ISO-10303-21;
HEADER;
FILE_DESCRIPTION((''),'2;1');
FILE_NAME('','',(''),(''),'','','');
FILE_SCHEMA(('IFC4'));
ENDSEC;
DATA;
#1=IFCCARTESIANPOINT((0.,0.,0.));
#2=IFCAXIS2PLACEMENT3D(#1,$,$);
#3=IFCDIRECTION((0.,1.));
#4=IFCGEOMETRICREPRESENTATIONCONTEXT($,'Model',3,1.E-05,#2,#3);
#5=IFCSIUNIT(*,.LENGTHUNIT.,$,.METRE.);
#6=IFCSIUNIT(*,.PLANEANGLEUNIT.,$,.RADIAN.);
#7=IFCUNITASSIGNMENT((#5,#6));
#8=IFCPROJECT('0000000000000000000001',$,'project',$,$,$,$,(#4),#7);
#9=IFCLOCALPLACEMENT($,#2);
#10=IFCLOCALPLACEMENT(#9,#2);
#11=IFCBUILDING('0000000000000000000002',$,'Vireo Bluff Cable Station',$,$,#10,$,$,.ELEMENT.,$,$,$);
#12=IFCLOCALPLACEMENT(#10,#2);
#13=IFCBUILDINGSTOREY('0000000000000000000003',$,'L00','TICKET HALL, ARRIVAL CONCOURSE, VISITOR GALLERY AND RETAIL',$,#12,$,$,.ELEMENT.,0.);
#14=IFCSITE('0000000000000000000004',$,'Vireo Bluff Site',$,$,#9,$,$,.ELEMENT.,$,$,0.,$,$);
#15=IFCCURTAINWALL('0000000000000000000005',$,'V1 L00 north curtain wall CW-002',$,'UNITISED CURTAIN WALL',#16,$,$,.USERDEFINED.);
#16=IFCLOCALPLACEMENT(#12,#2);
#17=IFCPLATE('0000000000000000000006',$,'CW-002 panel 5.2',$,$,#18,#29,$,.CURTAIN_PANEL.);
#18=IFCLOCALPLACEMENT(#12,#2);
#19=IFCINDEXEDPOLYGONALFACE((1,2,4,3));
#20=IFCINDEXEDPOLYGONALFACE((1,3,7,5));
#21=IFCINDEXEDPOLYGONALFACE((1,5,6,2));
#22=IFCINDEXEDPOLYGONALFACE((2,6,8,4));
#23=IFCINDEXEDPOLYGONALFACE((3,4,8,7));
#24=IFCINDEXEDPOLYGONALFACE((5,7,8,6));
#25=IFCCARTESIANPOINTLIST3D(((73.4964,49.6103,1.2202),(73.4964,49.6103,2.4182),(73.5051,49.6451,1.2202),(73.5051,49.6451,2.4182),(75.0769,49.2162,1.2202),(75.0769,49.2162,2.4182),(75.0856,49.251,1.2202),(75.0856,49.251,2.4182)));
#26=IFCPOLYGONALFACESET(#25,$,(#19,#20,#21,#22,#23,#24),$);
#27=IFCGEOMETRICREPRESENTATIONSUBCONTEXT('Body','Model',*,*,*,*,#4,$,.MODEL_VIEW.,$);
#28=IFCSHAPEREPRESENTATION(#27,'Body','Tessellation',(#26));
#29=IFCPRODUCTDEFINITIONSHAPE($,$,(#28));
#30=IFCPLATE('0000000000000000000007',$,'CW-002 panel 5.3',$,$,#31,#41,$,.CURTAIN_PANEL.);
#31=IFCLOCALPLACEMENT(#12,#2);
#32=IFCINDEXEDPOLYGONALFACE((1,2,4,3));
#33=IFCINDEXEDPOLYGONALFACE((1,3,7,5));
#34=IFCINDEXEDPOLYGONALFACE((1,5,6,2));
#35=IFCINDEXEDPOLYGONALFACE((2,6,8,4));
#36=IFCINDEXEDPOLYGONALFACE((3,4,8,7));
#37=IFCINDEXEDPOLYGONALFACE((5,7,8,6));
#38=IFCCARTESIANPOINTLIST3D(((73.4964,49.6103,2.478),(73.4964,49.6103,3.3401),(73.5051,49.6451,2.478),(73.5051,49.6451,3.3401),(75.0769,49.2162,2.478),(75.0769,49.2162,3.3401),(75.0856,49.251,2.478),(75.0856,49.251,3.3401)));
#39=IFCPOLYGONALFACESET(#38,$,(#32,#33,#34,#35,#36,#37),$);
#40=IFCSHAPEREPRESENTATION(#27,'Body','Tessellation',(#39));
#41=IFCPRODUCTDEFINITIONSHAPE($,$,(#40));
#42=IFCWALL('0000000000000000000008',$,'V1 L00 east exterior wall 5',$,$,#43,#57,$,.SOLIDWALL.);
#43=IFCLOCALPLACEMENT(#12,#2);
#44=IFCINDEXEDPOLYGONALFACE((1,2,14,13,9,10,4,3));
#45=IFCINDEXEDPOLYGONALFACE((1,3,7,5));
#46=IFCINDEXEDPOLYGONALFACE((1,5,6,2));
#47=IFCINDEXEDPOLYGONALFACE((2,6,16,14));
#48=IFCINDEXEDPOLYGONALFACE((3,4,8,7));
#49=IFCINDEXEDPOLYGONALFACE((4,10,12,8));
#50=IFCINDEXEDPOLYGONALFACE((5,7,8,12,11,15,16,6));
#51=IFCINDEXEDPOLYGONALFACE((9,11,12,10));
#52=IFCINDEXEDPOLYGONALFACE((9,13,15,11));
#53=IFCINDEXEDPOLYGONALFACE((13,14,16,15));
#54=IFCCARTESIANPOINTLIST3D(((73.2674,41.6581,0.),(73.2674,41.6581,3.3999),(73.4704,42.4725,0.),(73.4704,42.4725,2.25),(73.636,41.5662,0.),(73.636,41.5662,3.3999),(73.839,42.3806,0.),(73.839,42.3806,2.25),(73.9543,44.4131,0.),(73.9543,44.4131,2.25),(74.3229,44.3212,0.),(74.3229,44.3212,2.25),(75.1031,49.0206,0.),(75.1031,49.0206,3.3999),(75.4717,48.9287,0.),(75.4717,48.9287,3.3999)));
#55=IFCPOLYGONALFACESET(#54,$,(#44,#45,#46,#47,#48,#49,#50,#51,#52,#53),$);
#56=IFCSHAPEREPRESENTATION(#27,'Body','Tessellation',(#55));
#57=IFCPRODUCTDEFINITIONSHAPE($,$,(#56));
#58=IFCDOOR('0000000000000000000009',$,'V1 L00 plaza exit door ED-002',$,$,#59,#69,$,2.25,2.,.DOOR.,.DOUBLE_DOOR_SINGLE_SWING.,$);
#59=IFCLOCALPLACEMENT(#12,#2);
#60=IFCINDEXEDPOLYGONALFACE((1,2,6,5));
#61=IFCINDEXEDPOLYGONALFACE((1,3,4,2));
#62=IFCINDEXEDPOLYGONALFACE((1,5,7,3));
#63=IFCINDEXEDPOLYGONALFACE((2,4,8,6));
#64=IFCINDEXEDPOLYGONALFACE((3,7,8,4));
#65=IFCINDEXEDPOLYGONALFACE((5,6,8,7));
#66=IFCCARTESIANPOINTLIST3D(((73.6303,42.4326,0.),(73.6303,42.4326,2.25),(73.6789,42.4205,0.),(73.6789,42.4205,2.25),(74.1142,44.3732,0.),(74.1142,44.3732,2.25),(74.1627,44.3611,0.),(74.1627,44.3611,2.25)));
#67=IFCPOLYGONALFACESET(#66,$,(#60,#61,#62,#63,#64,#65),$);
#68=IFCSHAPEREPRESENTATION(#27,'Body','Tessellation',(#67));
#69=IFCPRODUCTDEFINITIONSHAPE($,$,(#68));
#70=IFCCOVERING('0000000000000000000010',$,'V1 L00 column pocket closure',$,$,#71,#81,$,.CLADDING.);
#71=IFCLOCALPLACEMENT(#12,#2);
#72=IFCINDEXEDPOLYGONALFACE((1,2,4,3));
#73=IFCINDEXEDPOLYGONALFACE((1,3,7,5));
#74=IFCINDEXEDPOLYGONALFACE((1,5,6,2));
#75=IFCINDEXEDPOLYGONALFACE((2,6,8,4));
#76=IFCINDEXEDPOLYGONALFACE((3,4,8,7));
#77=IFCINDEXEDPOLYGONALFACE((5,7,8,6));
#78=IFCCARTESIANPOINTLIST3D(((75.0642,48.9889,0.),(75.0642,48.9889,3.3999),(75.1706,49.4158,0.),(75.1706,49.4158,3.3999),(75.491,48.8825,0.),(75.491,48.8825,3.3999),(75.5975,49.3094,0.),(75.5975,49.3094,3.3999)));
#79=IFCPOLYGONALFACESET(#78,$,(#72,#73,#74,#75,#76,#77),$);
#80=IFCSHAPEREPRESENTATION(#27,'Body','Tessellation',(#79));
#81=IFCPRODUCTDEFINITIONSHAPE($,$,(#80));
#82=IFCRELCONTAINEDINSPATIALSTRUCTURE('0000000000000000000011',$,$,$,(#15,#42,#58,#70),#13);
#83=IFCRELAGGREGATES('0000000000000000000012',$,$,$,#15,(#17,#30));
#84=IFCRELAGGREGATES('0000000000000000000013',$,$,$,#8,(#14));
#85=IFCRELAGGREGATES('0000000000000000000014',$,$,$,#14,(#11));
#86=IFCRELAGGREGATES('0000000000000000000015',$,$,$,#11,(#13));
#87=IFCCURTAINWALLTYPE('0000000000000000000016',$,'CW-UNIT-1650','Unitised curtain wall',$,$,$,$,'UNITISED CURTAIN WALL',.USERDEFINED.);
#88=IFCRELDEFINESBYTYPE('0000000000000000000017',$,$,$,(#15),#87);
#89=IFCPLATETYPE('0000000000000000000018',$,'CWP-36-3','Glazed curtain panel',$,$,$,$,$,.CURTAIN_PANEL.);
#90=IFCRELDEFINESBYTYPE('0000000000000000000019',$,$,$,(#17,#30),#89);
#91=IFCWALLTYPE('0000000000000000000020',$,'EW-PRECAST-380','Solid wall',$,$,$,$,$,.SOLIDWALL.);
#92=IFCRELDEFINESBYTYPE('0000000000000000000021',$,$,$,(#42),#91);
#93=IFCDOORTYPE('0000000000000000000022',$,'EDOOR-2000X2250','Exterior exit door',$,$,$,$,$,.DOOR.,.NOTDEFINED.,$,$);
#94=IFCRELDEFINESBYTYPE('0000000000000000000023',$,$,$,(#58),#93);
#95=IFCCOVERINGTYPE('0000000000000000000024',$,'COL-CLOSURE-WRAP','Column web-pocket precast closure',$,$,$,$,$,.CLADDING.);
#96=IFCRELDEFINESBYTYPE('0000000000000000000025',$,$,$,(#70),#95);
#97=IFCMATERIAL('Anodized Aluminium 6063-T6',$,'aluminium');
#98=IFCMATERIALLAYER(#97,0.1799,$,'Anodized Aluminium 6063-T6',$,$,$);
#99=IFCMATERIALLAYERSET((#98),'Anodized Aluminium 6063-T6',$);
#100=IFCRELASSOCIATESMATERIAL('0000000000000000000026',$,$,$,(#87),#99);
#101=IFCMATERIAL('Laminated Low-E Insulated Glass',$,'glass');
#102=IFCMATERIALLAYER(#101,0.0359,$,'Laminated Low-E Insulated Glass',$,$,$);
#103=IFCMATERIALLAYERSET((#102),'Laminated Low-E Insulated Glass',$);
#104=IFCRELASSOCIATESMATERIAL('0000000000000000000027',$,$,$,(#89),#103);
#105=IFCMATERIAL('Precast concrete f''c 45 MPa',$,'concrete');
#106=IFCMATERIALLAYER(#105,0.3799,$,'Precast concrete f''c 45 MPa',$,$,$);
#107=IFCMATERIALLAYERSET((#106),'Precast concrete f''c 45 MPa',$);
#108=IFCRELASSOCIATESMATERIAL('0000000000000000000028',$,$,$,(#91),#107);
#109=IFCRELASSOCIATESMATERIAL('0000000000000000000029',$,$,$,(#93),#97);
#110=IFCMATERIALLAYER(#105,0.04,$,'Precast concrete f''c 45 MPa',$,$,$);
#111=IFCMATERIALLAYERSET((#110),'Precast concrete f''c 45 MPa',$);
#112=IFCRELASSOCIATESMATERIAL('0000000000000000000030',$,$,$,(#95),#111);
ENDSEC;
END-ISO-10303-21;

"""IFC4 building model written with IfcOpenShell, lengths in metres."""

from ifc_helpers import new_model, si_unit, direction, frame, frame_2d, origin, origin_with_axes, origin_2d, place, context, subcontext, project, spatial, rectangle, extrude, material, layer, layer_set, type_object, element, fill, aggregate, save


model = new_model("IFC4")

# Units and contexts
model_context = context("Model", 3, precision=1e-05, world=origin(), true_north=direction((0.0, 1.0)))
body_context = subcontext(model_context, "Body", "Model", "MODEL_VIEW")
ifc_project = project(units=[si_unit("LENGTHUNIT", "METRE"), si_unit("PLANEANGLEUNIT", "RADIAN")], contexts=[model_context])

# Site, building, storey
site_placement = place(None, origin())
site = spatial("IfcSite", under=ifc_project, at=site_placement, Name="Vireo Bluff Site", CompositionType="ELEMENT", RefElevation=0.0)
building_placement = place(site_placement, origin())
building = spatial("IfcBuilding", under=site, at=building_placement, Name="Vireo Bluff Cable Station", CompositionType="ELEMENT")
storey_placement = place(building_placement, origin())
storey = spatial("IfcBuildingStorey", under=building, at=storey_placement, Name="L00", Description="TICKET HALL, ARRIVAL CONCOURSE, VISITOR GALLERY AND RETAIL", CompositionType="ELEMENT", Elevation=0.0)

# Curtain wall
ifc_material_1 = material(Name="Anodized Aluminium 6063-T6", Category="aluminium")
ifc_layer_1 = layer(ifc_material_1, 0.1799, Name="Anodized Aluminium 6063-T6")
ifc_layer_set_1 = layer_set([ifc_layer_1], Name="Anodized Aluminium 6063-T6")
curtain_wall_type = type_object("IfcCurtainWallType", Name="CW-UNIT-1650", Description="Unitised curtain wall", ElementType="UNITISED CURTAIN WALL", PredefinedType="USERDEFINED", material=ifc_layer_set_1)
curtain_wall_placement = place(storey_placement, origin())
curtain_wall = element("IfcCurtainWall", 1, at=curtain_wall_placement, inside=storey, type_object=curtain_wall_type, Name="V1 L00 north curtain wall CW-002", ObjectType="UNITISED CURTAIN WALL", PredefinedType="USERDEFINED")

# Plates
ifc_material_2 = material(Name="Laminated Low-E Insulated Glass", Category="glass")
ifc_layer_2 = layer(ifc_material_2, 0.0359, Name="Laminated Low-E Insulated Glass")
ifc_layer_set_2 = layer_set([ifc_layer_2], Name="Laminated Low-E Insulated Glass")
plate_type_1 = type_object("IfcPlateType", Name="CWP-36-3", Description="Glazed curtain panel", PredefinedType="CURTAIN_PANEL", material=ifc_layer_set_2)
plate_1_placement = place(storey_placement, frame((74.291, 49.4307, 1.2202), z_axis=(0.0, 0.0, 1.0), x_axis=(0.970296, -0.241922, 0.0)))
plate_1 = element("IfcPlate", 2, at=plate_1_placement, type_object=plate_type_1, Name="CW-002 panel 5.2", PredefinedType="CURTAIN_PANEL", context=body_context, shape_type="SweptSolid", body=[
    extrude(rectangle(XDim=1.6289, YDim=0.0359, at=origin_2d()), origin(), (0.0, 0.0, 1.0), 1.198),
])
plate_2_placement = place(storey_placement, frame((74.291, 49.4307, 2.478), z_axis=(0.0, 0.0, 1.0), x_axis=(0.970296, -0.241922, 0.0)))
plate_2 = element("IfcPlate", 3, at=plate_2_placement, type_object=plate_type_1, Name="CW-002 panel 5.3", PredefinedType="CURTAIN_PANEL", context=body_context, shape_type="SweptSolid", body=[
    extrude(rectangle(XDim=1.6289, YDim=0.0359, at=origin_2d()), origin(), (0.0, 0.0, 1.0), 0.8621),
])
aggregate(curtain_wall, [plate_1, plate_2])

# Wall, opening, door
ifc_material_3 = material(Name="Precast concrete f'c 45 MPa", Category="concrete")
ifc_layer_3 = layer(ifc_material_3, 0.3799, Name="Precast concrete f'c 45 MPa")
ifc_layer_set_3 = layer_set([ifc_layer_3], Name="Precast concrete f'c 45 MPa")
wall_type = type_object("IfcWallType", Name="EW-PRECAST-380", Description="Solid wall", PredefinedType="SOLIDWALL", material=ifc_layer_set_3)
wall_placement = place(storey_placement, frame((75.2874, 48.9746, 0.0), z_axis=(0.0, 0.0, 1.0), x_axis=(-0.241922, -0.970296, 0.0)))
wall = element("IfcWall", 4, at=wall_placement, inside=storey, type_object=wall_type, Name="V1 L00 east exterior wall 5", PredefinedType="SOLIDWALL", context=body_context, shape_type="SweptSolid", body=[
    extrude(rectangle(XDim=7.5879, YDim=0.3799, at=frame_2d((3.7939, 0.0))), origin(), (0.0, 0.0, 1.0), 3.3999),
])
opening_placement = place(wall_placement, frame((4.7485, 0.0, 0.0)))
opening = element("IfcOpeningElement", 5, at=opening_placement, cuts=wall, PredefinedType="OPENING", context=body_context, shape_type="SweptSolid", body=[
    extrude(rectangle(XDim=2.0, YDim=2.25, at=frame_2d((1.0, 1.125))), frame((0.0, 0.2, 0.0), z_axis=(0.0, -1.0, 0.0), x_axis=(1.0, 0.0, 0.0)), (0.0, 0.0, 1.0), 0.3999),
])
door_type = type_object("IfcDoorType", Name="EDOOR-2000X2250", Description="Exterior exit door", OperationType="NOTDEFINED", PredefinedType="DOOR", material=ifc_material_1)
door_placement = place(opening_placement, origin_with_axes())
door = element("IfcDoor", 6, at=door_placement, inside=storey, type_object=door_type, Name="V1 L00 plaza exit door ED-002", OperationType="DOUBLE_DOOR_SINGLE_SWING", OverallHeight=2.25, OverallWidth=2.0, PredefinedType="DOOR", context=body_context, shape_type="SweptSolid", body=[
    extrude(rectangle(XDim=2.0, YDim=2.25, at=frame_2d((1.0, 1.125))), frame((0.0, 0.0249, 0.0), z_axis=(0.0, -1.0, 0.0), x_axis=(1.0, 0.0, 0.0)), (0.0, 0.0, 1.0), 0.05),
])
fill(opening, door)

# Covering
ifc_layer_4 = layer(ifc_material_3, 0.04, Name="Precast concrete f'c 45 MPa")
ifc_layer_set_4 = layer_set([ifc_layer_4], Name="Precast concrete f'c 45 MPa")
covering_type = type_object("IfcCoveringType", Name="COL-CLOSURE-WRAP", Description="Column web-pocket precast closure", PredefinedType="CLADDING", material=ifc_layer_set_4)
covering_placement = place(storey_placement, frame((75.3308, 49.1492, 0.0), z_axis=(0.0, 0.0, 1.0), x_axis=(0.970296, -0.241922, 0.0)))
element("IfcCovering", 7, at=covering_placement, inside=storey, type_object=covering_type, Name="V1 L00 column pocket closure", PredefinedType="CLADDING", context=body_context, shape_type="SweptSolid", body=[
    extrude(rectangle(XDim=0.4399, YDim=0.4399, at=origin_2d()), origin(), (0.0, 0.0, 1.0), 3.3999),
])

save(model, "model.ifc")
